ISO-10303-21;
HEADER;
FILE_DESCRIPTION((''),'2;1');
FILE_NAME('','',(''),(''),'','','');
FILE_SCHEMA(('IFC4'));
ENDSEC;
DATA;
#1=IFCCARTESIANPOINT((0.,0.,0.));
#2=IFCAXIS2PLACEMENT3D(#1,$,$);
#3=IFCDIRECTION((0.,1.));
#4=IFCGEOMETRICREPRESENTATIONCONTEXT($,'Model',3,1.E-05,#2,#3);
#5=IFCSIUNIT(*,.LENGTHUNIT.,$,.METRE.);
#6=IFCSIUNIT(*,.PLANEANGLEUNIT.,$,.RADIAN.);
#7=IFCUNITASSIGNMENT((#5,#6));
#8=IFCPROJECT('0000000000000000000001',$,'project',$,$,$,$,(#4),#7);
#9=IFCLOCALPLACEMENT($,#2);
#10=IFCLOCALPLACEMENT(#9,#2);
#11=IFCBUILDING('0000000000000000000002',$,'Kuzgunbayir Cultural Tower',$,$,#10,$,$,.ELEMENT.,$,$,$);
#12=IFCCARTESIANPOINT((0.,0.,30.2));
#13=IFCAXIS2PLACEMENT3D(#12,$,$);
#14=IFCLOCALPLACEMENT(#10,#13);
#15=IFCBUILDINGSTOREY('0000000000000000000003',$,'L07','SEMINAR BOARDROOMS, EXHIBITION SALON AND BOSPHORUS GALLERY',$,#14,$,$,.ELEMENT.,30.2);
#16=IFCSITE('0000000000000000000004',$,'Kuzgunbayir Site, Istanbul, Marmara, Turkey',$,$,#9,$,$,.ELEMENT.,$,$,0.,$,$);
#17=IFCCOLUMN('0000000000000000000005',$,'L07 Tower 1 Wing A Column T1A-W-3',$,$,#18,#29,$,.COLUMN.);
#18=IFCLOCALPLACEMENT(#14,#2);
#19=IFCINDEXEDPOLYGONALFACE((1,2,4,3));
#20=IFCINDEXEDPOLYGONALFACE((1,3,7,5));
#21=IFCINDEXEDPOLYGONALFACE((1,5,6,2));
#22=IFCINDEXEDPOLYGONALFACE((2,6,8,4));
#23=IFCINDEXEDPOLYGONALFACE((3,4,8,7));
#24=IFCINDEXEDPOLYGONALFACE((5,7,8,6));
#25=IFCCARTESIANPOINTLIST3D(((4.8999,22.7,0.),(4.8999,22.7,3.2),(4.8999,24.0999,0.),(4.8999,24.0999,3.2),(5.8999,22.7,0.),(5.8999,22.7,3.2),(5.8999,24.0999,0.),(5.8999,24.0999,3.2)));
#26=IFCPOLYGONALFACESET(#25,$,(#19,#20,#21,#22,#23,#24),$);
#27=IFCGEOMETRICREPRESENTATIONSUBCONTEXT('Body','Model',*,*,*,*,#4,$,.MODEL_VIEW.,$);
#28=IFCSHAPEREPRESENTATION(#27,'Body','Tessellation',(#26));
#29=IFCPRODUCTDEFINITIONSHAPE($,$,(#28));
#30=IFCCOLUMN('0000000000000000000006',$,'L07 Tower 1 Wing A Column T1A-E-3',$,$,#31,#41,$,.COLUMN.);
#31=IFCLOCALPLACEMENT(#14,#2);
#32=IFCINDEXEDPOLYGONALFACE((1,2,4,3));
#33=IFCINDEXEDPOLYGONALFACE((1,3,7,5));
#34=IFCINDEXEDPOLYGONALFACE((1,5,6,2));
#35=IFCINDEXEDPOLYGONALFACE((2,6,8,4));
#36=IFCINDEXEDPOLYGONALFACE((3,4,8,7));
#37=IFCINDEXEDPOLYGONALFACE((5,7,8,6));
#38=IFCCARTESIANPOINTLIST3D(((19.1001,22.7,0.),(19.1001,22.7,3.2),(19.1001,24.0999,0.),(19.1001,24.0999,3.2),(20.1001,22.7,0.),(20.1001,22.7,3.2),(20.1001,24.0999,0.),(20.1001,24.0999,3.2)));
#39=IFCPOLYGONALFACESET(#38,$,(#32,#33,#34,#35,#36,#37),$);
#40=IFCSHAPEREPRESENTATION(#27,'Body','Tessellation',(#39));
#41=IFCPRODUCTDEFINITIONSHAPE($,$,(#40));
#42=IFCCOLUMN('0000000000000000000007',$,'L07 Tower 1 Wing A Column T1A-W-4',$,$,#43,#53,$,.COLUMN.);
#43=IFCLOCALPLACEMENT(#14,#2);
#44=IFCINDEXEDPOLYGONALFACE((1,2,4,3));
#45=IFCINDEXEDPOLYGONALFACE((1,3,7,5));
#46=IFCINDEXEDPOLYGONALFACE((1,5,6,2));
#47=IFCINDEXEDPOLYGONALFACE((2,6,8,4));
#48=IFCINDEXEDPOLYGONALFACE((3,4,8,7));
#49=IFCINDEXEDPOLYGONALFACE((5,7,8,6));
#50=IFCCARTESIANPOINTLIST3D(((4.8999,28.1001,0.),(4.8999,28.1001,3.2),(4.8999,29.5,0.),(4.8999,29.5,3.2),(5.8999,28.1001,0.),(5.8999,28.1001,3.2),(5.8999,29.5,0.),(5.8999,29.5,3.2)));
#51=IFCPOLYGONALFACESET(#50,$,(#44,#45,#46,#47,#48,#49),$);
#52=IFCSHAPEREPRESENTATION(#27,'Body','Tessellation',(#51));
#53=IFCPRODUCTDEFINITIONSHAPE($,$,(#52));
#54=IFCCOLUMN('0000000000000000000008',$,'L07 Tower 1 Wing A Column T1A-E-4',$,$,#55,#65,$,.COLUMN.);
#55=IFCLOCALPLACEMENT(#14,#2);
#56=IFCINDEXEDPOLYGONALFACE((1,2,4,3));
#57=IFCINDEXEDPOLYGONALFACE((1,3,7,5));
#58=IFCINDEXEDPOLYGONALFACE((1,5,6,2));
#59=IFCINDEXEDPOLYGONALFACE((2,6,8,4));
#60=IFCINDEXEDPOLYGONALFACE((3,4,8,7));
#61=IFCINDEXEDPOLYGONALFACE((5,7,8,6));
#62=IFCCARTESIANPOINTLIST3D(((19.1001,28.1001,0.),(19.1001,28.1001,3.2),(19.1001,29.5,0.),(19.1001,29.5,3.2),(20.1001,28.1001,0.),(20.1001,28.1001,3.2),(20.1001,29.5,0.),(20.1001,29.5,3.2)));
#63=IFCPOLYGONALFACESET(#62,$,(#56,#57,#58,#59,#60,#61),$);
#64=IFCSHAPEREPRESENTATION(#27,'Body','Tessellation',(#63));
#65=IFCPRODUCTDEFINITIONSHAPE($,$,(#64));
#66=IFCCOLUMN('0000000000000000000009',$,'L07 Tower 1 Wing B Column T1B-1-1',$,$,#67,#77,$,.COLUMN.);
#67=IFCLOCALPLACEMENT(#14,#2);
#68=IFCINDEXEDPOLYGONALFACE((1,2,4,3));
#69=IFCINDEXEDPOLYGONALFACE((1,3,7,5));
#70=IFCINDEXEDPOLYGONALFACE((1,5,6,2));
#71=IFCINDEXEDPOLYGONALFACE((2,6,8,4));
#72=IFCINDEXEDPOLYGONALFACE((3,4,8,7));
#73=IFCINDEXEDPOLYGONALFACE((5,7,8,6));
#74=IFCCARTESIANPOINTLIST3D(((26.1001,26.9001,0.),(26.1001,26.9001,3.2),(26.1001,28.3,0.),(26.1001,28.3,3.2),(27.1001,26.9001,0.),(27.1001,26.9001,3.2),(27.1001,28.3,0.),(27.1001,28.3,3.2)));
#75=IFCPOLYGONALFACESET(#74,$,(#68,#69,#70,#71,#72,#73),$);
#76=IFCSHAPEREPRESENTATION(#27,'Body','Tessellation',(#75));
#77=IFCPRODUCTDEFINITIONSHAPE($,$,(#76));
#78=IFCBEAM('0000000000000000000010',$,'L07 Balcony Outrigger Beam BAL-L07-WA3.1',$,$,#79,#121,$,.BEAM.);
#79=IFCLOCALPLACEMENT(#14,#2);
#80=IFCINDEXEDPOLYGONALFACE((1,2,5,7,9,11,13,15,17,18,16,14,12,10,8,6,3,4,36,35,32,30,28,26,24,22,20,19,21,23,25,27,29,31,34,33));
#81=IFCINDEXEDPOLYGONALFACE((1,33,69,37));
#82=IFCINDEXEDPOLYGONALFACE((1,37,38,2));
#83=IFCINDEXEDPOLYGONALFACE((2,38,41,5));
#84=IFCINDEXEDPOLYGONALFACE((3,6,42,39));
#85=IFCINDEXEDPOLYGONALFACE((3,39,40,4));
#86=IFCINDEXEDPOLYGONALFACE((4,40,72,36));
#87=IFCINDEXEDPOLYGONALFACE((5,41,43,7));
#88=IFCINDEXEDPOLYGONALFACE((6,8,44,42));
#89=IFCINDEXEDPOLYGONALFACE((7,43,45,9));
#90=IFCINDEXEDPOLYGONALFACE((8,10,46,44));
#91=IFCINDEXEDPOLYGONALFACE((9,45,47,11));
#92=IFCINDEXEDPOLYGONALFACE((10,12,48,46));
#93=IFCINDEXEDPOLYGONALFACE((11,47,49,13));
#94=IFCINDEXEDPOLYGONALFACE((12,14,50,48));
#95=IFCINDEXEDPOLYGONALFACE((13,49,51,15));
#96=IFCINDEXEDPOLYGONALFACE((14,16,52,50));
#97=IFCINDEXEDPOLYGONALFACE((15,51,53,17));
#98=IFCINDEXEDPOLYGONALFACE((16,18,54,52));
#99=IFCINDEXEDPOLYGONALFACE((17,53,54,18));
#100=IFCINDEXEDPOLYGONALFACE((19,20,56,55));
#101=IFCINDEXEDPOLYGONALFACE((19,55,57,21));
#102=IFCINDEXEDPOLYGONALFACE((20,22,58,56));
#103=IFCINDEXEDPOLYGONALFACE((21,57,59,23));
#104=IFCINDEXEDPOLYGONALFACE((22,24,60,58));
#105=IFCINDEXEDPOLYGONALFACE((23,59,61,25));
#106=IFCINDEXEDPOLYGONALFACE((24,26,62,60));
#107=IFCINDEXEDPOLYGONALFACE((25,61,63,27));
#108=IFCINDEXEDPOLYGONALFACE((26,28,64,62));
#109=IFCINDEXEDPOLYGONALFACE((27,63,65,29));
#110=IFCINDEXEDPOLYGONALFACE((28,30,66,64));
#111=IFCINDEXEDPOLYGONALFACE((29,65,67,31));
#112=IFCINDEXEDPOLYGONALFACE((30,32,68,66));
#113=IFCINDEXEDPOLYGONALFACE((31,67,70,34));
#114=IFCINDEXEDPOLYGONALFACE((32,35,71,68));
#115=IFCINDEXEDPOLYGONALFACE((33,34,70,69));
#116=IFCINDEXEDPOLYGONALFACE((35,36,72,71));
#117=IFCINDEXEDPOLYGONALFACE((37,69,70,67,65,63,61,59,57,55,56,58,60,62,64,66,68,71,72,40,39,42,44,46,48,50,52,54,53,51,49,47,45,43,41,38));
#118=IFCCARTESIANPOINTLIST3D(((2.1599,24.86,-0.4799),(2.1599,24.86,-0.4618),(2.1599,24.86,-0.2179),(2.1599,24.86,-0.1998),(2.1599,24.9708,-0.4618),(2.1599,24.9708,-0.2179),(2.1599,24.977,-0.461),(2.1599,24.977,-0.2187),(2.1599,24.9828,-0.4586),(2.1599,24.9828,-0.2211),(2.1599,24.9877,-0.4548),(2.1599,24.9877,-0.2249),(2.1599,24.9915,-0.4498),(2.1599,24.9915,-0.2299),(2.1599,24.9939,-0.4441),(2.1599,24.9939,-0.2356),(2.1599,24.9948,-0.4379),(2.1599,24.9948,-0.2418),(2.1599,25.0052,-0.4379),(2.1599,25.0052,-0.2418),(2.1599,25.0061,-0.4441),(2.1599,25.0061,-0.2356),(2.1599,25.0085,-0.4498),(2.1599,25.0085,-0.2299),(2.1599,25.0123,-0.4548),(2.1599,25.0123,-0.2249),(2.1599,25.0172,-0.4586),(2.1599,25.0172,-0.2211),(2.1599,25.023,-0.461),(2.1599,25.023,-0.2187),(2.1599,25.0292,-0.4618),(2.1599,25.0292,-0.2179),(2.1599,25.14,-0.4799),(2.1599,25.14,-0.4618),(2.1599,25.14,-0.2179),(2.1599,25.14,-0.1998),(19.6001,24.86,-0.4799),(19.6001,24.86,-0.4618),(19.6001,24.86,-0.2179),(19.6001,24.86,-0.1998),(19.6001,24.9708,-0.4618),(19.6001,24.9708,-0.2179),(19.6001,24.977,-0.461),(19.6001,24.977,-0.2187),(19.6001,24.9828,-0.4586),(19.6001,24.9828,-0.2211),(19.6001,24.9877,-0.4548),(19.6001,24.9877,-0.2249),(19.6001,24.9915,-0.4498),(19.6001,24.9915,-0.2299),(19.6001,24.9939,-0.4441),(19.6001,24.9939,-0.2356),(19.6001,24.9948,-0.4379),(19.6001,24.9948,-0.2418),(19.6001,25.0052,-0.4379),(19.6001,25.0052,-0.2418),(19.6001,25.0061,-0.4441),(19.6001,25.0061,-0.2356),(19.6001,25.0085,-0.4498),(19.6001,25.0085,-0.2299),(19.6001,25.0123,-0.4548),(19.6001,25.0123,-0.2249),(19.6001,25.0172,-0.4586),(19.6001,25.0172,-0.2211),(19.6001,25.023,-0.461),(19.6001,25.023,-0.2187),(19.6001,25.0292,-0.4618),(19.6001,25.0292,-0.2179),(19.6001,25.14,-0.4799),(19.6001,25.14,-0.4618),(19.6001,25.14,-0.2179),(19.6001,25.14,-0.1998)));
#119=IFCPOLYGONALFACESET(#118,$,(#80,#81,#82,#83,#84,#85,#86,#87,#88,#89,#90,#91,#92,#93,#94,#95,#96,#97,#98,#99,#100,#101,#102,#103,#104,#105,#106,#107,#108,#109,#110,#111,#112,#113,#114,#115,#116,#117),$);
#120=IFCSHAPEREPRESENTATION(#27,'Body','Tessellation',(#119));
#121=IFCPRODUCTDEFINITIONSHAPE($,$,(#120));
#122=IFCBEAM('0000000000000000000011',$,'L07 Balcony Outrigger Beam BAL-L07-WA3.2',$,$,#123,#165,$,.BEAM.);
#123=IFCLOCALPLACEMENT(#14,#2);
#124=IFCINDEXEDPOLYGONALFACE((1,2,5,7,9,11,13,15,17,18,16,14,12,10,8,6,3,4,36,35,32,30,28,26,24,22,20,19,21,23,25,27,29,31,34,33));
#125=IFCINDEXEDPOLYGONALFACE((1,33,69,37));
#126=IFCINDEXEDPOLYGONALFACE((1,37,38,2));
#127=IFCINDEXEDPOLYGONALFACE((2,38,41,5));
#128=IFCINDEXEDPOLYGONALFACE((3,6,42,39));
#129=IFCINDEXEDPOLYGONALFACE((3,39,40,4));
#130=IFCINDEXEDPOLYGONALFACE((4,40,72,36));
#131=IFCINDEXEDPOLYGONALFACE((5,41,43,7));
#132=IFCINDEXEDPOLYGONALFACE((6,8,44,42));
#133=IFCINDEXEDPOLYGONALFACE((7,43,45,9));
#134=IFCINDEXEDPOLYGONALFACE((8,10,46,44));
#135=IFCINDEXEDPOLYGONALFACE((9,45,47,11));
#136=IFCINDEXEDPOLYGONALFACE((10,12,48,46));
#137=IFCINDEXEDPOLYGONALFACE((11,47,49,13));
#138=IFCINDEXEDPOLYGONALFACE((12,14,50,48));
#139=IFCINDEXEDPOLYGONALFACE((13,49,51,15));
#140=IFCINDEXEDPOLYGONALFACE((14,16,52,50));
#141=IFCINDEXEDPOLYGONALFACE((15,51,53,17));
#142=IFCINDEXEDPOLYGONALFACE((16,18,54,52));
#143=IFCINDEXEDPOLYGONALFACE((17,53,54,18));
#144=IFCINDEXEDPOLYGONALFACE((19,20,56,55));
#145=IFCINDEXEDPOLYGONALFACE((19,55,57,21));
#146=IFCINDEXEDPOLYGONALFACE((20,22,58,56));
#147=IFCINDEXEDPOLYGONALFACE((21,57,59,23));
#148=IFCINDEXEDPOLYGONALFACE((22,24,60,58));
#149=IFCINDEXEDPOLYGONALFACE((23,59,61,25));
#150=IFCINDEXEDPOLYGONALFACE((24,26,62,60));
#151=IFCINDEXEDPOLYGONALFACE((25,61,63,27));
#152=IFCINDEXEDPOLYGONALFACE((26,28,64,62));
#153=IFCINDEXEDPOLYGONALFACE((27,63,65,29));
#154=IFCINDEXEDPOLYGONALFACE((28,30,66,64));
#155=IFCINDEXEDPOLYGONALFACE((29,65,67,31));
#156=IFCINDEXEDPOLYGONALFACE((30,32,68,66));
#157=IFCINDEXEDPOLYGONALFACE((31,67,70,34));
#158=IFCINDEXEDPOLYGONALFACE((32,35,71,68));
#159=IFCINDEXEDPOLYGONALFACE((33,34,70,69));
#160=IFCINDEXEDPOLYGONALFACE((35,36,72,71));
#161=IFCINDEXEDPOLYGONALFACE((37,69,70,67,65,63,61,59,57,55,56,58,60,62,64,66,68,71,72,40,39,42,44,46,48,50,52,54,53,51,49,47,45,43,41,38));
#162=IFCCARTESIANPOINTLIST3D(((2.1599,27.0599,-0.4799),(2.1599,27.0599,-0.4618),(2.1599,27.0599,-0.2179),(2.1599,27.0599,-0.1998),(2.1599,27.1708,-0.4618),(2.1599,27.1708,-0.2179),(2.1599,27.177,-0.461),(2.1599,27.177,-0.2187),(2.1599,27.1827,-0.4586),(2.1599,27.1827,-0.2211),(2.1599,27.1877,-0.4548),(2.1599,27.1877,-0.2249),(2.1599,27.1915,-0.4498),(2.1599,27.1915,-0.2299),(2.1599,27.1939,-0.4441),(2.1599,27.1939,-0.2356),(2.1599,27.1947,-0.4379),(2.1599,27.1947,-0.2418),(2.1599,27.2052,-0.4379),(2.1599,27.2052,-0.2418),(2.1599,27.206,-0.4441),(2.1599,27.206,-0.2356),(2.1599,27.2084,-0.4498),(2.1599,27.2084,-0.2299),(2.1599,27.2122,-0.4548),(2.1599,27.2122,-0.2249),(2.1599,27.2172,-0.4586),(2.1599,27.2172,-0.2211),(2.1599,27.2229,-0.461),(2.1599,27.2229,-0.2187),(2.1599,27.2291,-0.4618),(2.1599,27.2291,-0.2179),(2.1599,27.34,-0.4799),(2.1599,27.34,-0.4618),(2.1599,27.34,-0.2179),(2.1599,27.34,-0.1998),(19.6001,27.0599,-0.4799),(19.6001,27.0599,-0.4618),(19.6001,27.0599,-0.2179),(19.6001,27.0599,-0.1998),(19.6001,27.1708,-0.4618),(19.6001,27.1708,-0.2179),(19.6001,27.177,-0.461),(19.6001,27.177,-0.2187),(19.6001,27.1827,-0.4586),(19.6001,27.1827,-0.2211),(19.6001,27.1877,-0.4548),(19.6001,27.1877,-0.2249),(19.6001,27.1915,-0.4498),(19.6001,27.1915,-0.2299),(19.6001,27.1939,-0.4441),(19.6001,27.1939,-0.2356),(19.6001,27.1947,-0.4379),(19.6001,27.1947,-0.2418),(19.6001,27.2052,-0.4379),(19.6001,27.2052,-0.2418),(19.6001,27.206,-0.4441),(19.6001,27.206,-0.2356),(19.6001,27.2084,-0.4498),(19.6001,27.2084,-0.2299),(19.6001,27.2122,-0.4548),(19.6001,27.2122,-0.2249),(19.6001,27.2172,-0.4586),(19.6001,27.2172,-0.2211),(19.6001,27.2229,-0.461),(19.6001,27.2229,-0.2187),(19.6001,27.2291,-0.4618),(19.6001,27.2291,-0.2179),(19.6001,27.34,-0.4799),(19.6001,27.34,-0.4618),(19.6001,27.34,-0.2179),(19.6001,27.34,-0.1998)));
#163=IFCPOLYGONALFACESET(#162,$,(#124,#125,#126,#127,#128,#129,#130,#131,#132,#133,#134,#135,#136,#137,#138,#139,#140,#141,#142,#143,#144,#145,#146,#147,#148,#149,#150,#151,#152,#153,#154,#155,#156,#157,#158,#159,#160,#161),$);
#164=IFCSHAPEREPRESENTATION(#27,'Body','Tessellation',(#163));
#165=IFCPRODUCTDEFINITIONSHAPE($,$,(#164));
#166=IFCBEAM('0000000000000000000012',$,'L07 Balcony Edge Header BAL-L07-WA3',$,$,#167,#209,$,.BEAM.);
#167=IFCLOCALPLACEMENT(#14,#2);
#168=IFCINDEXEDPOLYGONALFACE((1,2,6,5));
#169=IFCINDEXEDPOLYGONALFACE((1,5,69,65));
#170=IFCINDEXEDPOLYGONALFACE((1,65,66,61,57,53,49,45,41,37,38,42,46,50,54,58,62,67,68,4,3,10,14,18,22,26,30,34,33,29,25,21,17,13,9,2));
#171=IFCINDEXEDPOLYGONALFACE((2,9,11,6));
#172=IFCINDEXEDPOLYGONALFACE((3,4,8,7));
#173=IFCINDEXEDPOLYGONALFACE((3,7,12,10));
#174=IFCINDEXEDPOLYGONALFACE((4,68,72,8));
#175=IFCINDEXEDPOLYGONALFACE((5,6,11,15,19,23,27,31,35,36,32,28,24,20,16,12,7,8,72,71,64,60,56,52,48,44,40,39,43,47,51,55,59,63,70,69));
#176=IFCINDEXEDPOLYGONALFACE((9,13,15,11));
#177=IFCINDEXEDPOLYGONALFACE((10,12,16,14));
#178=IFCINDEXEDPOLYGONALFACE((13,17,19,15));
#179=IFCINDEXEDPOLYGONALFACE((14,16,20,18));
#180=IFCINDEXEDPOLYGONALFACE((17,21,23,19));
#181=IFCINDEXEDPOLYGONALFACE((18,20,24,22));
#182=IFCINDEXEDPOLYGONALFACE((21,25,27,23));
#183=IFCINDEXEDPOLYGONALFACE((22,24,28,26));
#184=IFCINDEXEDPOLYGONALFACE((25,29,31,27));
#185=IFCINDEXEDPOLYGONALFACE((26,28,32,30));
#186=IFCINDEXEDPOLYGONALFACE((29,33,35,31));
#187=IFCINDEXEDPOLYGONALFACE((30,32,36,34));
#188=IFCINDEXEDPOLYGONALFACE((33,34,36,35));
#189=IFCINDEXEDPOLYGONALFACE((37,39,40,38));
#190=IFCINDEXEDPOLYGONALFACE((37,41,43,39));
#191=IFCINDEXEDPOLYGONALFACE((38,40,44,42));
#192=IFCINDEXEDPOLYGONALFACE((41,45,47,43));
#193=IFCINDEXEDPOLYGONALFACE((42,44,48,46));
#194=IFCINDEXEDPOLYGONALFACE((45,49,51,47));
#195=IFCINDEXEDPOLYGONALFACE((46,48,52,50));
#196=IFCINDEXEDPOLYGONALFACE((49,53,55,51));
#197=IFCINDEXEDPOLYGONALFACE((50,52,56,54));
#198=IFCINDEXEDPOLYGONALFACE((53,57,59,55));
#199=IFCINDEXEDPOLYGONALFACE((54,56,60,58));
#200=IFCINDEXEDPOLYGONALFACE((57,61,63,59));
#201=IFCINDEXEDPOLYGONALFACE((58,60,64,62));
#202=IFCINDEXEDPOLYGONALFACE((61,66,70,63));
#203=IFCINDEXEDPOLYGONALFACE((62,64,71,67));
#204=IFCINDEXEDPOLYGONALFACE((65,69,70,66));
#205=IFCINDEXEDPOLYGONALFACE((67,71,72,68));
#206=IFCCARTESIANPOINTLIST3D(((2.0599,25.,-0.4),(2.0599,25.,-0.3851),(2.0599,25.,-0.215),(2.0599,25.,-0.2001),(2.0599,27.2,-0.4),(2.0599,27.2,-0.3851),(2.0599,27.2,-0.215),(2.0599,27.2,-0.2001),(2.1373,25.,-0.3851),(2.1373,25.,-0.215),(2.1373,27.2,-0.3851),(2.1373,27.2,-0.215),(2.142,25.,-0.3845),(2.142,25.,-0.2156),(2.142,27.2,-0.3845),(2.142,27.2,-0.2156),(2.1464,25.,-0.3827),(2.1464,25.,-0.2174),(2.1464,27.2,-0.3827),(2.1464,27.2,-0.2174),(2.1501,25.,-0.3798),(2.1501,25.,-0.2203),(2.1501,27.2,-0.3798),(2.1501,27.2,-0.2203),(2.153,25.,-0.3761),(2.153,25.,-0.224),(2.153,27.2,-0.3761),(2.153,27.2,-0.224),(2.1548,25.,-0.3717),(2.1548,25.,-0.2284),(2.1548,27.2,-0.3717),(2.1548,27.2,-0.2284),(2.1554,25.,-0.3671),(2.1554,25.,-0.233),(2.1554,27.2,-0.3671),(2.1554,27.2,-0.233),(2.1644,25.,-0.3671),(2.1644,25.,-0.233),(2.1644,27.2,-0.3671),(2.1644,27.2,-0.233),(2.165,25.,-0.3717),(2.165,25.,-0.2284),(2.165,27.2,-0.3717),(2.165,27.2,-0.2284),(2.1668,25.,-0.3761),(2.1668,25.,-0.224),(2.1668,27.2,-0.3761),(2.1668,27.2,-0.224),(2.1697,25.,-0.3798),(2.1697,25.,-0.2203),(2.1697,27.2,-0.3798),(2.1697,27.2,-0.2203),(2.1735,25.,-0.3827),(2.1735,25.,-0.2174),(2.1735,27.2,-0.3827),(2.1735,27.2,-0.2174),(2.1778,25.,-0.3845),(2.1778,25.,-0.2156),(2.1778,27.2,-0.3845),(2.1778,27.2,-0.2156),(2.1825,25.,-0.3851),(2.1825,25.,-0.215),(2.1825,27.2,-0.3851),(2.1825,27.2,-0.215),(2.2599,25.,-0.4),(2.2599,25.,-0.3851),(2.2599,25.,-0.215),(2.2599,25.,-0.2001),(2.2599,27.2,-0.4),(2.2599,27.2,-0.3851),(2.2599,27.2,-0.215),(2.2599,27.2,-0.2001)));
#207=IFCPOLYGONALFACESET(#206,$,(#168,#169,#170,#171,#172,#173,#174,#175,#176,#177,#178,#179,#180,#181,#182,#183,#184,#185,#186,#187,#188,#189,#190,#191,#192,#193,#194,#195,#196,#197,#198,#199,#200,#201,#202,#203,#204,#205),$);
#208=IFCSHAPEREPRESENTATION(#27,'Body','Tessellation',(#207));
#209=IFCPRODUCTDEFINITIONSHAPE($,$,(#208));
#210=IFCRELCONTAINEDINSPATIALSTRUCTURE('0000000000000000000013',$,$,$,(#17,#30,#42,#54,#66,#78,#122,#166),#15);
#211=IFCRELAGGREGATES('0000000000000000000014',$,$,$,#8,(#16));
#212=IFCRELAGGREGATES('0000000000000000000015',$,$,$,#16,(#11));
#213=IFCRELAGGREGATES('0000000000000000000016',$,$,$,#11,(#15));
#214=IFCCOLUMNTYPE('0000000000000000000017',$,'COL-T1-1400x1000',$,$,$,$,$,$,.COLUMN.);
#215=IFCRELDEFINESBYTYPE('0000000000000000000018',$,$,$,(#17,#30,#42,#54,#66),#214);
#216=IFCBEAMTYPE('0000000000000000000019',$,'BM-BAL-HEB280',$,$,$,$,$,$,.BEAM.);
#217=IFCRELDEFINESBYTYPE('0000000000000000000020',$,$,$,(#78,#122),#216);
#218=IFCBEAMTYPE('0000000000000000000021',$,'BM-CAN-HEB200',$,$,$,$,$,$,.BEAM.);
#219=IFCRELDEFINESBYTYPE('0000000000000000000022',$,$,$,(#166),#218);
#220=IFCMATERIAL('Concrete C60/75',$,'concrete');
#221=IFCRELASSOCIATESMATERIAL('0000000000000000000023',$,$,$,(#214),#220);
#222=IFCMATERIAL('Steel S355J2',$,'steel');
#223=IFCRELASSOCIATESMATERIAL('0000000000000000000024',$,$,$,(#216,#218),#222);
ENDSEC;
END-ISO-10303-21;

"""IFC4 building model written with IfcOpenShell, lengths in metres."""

from ifc_helpers import new_model, si_unit, direction, frame, origin, origin_2d, place, context, subcontext, project, spatial, rectangle, i_section, extrude, material, material_profile, profile_set, type_object, element, save


model = new_model("IFC4")

# Units and contexts
model_context = context("Model", 3, precision=1e-05, world=origin(), true_north=direction((0.0, 1.0)))
body_context = subcontext(model_context, "Body", "Model", "MODEL_VIEW")
ifc_project = project(units=[si_unit("LENGTHUNIT", "METRE"), si_unit("PLANEANGLEUNIT", "RADIAN")], contexts=[model_context])

# Site, building, storey
site_placement = place(None, origin())
site = spatial("IfcSite", under=ifc_project, at=site_placement, Name="Kuzgunbayir Site, Istanbul, Marmara, Turkey", CompositionType="ELEMENT", RefElevation=0.0)
building_placement = place(site_placement, origin())
building = spatial("IfcBuilding", under=site, at=building_placement, Name="Kuzgunbayir Cultural Tower", CompositionType="ELEMENT")
storey_placement = place(building_placement, frame((0.0, 0.0, 30.2)))
storey = spatial("IfcBuildingStorey", under=building, at=storey_placement, Name="L07", Description="SEMINAR BOARDROOMS, EXHIBITION SALON AND BOSPHORUS GALLERY", CompositionType="ELEMENT", Elevation=30.2)

# Columns
ifc_material_1 = material(Name="Concrete C60/75", Category="concrete")
ifc_material_profile_1 = material_profile(ifc_material_1, rectangle(XDim=1.0, YDim=1.3999, at=origin_2d()), Name="RC 1400x1000")
ifc_profile_set_1 = profile_set([ifc_material_profile_1], Name="Concrete C60/75")
column_type = type_object("IfcColumnType", Name="COL-T1-1400x1000", PredefinedType="COLUMN", material=ifc_profile_set_1)
for number, where, z_axis, x_axis, name in (
    (1, (5.3999, 23.3999, 0.0), (0.0, 0.0, 1.0), (1.0, 0.0, 0.0), "L07 Tower 1 Wing A Column T1A-W-3"),
    (2, (19.6001, 23.3999, 0.0), (0.0, 0.0, 1.0), (1.0, 0.0, 0.0), "L07 Tower 1 Wing A Column T1A-E-3"),
    (3, (5.3999, 28.8, 0.0), (0.0, 0.0, 1.0), (1.0, 0.0, 0.0), "L07 Tower 1 Wing A Column T1A-W-4"),
    (4, (19.6001, 28.8, 0.0), (0.0, 0.0, 1.0), (1.0, 0.0, 0.0), "L07 Tower 1 Wing A Column T1A-E-4"),
    (5, (26.6001, 27.6001, 0.0), (0.0, 0.0, 1.0), (1.0, 0.0, 0.0), "L07 Tower 1 Wing B Column T1B-1-1"),
):
    element("IfcColumn", number, at=place(storey_placement, frame(where, z_axis=z_axis, x_axis=x_axis)), inside=storey, type_object=column_type, Name=name, PredefinedType="COLUMN", context=body_context, shape_type="SweptSolid", body=[
        extrude(rectangle(XDim=1.0, YDim=1.3999, at=origin_2d()), origin(), (0.0, 0.0, 1.0), 3.2),
    ])

# Beams
ifc_material_2 = material(Name="Steel S355J2", Category="steel")
ifc_material_profile_2 = material_profile(ifc_material_2, i_section(OverallWidth=0.28, OverallDepth=0.28, WebThickness=0.0105, FlangeThickness=0.0181, FilletRadius=0.0239, at=origin_2d()), Name="HEB 280")
ifc_profile_set_2 = profile_set([ifc_material_profile_2], Name="Steel S355J2")
beam_type_1 = type_object("IfcBeamType", Name="BM-BAL-HEB280", PredefinedType="BEAM", material=ifc_profile_set_2)
for number, where, z_axis, x_axis, name in (
    (6, (2.1599, 25.0, -0.3398), (1.0, 0.0, 0.0), (0.0, 1.0, 0.0), "L07 Balcony Outrigger Beam BAL-L07-WA3.1"),
    (7, (2.1599, 27.2, -0.3398), (1.0, 0.0, 0.0), (0.0, 1.0, 0.0), "L07 Balcony Outrigger Beam BAL-L07-WA3.2"),
):
    element("IfcBeam", number, at=place(storey_placement, frame(where, z_axis=z_axis, x_axis=x_axis)), inside=storey, type_object=beam_type_1, Name=name, PredefinedType="BEAM", context=body_context, shape_type="SweptSolid", body=[
        extrude(i_section(OverallWidth=0.28, OverallDepth=0.28, WebThickness=0.0105, FlangeThickness=0.0181, FilletRadius=0.0239, at=origin_2d()), origin(), (0.0, 0.0, 1.0), 17.4402),
    ])
ifc_material_profile_3 = material_profile(ifc_material_2, i_section(OverallWidth=0.2, OverallDepth=0.2, WebThickness=0.009, FlangeThickness=0.0149, FilletRadius=0.0181, at=origin_2d()), Name="HEB 200")
ifc_profile_set_3 = profile_set([ifc_material_profile_3], Name="Steel S355J2")
beam_type_2 = type_object("IfcBeamType", Name="BM-CAN-HEB200", PredefinedType="BEAM", material=ifc_profile_set_3)
beam_1_placement = place(storey_placement, frame((2.1599, 25.0, -0.3), z_axis=(0.0, 1.0, 0.0), x_axis=(-1.0, 0.0, 0.0)))
element("IfcBeam", 8, at=beam_1_placement, inside=storey, type_object=beam_type_2, Name="L07 Balcony Edge Header BAL-L07-WA3", PredefinedType="BEAM", context=body_context, shape_type="SweptSolid", body=[
    extrude(i_section(OverallWidth=0.2, OverallDepth=0.2, WebThickness=0.009, FlangeThickness=0.0149, FilletRadius=0.0181, at=origin_2d()), origin(), (0.0, 0.0, 1.0), 2.2),
])

save(model, "model.ifc")
